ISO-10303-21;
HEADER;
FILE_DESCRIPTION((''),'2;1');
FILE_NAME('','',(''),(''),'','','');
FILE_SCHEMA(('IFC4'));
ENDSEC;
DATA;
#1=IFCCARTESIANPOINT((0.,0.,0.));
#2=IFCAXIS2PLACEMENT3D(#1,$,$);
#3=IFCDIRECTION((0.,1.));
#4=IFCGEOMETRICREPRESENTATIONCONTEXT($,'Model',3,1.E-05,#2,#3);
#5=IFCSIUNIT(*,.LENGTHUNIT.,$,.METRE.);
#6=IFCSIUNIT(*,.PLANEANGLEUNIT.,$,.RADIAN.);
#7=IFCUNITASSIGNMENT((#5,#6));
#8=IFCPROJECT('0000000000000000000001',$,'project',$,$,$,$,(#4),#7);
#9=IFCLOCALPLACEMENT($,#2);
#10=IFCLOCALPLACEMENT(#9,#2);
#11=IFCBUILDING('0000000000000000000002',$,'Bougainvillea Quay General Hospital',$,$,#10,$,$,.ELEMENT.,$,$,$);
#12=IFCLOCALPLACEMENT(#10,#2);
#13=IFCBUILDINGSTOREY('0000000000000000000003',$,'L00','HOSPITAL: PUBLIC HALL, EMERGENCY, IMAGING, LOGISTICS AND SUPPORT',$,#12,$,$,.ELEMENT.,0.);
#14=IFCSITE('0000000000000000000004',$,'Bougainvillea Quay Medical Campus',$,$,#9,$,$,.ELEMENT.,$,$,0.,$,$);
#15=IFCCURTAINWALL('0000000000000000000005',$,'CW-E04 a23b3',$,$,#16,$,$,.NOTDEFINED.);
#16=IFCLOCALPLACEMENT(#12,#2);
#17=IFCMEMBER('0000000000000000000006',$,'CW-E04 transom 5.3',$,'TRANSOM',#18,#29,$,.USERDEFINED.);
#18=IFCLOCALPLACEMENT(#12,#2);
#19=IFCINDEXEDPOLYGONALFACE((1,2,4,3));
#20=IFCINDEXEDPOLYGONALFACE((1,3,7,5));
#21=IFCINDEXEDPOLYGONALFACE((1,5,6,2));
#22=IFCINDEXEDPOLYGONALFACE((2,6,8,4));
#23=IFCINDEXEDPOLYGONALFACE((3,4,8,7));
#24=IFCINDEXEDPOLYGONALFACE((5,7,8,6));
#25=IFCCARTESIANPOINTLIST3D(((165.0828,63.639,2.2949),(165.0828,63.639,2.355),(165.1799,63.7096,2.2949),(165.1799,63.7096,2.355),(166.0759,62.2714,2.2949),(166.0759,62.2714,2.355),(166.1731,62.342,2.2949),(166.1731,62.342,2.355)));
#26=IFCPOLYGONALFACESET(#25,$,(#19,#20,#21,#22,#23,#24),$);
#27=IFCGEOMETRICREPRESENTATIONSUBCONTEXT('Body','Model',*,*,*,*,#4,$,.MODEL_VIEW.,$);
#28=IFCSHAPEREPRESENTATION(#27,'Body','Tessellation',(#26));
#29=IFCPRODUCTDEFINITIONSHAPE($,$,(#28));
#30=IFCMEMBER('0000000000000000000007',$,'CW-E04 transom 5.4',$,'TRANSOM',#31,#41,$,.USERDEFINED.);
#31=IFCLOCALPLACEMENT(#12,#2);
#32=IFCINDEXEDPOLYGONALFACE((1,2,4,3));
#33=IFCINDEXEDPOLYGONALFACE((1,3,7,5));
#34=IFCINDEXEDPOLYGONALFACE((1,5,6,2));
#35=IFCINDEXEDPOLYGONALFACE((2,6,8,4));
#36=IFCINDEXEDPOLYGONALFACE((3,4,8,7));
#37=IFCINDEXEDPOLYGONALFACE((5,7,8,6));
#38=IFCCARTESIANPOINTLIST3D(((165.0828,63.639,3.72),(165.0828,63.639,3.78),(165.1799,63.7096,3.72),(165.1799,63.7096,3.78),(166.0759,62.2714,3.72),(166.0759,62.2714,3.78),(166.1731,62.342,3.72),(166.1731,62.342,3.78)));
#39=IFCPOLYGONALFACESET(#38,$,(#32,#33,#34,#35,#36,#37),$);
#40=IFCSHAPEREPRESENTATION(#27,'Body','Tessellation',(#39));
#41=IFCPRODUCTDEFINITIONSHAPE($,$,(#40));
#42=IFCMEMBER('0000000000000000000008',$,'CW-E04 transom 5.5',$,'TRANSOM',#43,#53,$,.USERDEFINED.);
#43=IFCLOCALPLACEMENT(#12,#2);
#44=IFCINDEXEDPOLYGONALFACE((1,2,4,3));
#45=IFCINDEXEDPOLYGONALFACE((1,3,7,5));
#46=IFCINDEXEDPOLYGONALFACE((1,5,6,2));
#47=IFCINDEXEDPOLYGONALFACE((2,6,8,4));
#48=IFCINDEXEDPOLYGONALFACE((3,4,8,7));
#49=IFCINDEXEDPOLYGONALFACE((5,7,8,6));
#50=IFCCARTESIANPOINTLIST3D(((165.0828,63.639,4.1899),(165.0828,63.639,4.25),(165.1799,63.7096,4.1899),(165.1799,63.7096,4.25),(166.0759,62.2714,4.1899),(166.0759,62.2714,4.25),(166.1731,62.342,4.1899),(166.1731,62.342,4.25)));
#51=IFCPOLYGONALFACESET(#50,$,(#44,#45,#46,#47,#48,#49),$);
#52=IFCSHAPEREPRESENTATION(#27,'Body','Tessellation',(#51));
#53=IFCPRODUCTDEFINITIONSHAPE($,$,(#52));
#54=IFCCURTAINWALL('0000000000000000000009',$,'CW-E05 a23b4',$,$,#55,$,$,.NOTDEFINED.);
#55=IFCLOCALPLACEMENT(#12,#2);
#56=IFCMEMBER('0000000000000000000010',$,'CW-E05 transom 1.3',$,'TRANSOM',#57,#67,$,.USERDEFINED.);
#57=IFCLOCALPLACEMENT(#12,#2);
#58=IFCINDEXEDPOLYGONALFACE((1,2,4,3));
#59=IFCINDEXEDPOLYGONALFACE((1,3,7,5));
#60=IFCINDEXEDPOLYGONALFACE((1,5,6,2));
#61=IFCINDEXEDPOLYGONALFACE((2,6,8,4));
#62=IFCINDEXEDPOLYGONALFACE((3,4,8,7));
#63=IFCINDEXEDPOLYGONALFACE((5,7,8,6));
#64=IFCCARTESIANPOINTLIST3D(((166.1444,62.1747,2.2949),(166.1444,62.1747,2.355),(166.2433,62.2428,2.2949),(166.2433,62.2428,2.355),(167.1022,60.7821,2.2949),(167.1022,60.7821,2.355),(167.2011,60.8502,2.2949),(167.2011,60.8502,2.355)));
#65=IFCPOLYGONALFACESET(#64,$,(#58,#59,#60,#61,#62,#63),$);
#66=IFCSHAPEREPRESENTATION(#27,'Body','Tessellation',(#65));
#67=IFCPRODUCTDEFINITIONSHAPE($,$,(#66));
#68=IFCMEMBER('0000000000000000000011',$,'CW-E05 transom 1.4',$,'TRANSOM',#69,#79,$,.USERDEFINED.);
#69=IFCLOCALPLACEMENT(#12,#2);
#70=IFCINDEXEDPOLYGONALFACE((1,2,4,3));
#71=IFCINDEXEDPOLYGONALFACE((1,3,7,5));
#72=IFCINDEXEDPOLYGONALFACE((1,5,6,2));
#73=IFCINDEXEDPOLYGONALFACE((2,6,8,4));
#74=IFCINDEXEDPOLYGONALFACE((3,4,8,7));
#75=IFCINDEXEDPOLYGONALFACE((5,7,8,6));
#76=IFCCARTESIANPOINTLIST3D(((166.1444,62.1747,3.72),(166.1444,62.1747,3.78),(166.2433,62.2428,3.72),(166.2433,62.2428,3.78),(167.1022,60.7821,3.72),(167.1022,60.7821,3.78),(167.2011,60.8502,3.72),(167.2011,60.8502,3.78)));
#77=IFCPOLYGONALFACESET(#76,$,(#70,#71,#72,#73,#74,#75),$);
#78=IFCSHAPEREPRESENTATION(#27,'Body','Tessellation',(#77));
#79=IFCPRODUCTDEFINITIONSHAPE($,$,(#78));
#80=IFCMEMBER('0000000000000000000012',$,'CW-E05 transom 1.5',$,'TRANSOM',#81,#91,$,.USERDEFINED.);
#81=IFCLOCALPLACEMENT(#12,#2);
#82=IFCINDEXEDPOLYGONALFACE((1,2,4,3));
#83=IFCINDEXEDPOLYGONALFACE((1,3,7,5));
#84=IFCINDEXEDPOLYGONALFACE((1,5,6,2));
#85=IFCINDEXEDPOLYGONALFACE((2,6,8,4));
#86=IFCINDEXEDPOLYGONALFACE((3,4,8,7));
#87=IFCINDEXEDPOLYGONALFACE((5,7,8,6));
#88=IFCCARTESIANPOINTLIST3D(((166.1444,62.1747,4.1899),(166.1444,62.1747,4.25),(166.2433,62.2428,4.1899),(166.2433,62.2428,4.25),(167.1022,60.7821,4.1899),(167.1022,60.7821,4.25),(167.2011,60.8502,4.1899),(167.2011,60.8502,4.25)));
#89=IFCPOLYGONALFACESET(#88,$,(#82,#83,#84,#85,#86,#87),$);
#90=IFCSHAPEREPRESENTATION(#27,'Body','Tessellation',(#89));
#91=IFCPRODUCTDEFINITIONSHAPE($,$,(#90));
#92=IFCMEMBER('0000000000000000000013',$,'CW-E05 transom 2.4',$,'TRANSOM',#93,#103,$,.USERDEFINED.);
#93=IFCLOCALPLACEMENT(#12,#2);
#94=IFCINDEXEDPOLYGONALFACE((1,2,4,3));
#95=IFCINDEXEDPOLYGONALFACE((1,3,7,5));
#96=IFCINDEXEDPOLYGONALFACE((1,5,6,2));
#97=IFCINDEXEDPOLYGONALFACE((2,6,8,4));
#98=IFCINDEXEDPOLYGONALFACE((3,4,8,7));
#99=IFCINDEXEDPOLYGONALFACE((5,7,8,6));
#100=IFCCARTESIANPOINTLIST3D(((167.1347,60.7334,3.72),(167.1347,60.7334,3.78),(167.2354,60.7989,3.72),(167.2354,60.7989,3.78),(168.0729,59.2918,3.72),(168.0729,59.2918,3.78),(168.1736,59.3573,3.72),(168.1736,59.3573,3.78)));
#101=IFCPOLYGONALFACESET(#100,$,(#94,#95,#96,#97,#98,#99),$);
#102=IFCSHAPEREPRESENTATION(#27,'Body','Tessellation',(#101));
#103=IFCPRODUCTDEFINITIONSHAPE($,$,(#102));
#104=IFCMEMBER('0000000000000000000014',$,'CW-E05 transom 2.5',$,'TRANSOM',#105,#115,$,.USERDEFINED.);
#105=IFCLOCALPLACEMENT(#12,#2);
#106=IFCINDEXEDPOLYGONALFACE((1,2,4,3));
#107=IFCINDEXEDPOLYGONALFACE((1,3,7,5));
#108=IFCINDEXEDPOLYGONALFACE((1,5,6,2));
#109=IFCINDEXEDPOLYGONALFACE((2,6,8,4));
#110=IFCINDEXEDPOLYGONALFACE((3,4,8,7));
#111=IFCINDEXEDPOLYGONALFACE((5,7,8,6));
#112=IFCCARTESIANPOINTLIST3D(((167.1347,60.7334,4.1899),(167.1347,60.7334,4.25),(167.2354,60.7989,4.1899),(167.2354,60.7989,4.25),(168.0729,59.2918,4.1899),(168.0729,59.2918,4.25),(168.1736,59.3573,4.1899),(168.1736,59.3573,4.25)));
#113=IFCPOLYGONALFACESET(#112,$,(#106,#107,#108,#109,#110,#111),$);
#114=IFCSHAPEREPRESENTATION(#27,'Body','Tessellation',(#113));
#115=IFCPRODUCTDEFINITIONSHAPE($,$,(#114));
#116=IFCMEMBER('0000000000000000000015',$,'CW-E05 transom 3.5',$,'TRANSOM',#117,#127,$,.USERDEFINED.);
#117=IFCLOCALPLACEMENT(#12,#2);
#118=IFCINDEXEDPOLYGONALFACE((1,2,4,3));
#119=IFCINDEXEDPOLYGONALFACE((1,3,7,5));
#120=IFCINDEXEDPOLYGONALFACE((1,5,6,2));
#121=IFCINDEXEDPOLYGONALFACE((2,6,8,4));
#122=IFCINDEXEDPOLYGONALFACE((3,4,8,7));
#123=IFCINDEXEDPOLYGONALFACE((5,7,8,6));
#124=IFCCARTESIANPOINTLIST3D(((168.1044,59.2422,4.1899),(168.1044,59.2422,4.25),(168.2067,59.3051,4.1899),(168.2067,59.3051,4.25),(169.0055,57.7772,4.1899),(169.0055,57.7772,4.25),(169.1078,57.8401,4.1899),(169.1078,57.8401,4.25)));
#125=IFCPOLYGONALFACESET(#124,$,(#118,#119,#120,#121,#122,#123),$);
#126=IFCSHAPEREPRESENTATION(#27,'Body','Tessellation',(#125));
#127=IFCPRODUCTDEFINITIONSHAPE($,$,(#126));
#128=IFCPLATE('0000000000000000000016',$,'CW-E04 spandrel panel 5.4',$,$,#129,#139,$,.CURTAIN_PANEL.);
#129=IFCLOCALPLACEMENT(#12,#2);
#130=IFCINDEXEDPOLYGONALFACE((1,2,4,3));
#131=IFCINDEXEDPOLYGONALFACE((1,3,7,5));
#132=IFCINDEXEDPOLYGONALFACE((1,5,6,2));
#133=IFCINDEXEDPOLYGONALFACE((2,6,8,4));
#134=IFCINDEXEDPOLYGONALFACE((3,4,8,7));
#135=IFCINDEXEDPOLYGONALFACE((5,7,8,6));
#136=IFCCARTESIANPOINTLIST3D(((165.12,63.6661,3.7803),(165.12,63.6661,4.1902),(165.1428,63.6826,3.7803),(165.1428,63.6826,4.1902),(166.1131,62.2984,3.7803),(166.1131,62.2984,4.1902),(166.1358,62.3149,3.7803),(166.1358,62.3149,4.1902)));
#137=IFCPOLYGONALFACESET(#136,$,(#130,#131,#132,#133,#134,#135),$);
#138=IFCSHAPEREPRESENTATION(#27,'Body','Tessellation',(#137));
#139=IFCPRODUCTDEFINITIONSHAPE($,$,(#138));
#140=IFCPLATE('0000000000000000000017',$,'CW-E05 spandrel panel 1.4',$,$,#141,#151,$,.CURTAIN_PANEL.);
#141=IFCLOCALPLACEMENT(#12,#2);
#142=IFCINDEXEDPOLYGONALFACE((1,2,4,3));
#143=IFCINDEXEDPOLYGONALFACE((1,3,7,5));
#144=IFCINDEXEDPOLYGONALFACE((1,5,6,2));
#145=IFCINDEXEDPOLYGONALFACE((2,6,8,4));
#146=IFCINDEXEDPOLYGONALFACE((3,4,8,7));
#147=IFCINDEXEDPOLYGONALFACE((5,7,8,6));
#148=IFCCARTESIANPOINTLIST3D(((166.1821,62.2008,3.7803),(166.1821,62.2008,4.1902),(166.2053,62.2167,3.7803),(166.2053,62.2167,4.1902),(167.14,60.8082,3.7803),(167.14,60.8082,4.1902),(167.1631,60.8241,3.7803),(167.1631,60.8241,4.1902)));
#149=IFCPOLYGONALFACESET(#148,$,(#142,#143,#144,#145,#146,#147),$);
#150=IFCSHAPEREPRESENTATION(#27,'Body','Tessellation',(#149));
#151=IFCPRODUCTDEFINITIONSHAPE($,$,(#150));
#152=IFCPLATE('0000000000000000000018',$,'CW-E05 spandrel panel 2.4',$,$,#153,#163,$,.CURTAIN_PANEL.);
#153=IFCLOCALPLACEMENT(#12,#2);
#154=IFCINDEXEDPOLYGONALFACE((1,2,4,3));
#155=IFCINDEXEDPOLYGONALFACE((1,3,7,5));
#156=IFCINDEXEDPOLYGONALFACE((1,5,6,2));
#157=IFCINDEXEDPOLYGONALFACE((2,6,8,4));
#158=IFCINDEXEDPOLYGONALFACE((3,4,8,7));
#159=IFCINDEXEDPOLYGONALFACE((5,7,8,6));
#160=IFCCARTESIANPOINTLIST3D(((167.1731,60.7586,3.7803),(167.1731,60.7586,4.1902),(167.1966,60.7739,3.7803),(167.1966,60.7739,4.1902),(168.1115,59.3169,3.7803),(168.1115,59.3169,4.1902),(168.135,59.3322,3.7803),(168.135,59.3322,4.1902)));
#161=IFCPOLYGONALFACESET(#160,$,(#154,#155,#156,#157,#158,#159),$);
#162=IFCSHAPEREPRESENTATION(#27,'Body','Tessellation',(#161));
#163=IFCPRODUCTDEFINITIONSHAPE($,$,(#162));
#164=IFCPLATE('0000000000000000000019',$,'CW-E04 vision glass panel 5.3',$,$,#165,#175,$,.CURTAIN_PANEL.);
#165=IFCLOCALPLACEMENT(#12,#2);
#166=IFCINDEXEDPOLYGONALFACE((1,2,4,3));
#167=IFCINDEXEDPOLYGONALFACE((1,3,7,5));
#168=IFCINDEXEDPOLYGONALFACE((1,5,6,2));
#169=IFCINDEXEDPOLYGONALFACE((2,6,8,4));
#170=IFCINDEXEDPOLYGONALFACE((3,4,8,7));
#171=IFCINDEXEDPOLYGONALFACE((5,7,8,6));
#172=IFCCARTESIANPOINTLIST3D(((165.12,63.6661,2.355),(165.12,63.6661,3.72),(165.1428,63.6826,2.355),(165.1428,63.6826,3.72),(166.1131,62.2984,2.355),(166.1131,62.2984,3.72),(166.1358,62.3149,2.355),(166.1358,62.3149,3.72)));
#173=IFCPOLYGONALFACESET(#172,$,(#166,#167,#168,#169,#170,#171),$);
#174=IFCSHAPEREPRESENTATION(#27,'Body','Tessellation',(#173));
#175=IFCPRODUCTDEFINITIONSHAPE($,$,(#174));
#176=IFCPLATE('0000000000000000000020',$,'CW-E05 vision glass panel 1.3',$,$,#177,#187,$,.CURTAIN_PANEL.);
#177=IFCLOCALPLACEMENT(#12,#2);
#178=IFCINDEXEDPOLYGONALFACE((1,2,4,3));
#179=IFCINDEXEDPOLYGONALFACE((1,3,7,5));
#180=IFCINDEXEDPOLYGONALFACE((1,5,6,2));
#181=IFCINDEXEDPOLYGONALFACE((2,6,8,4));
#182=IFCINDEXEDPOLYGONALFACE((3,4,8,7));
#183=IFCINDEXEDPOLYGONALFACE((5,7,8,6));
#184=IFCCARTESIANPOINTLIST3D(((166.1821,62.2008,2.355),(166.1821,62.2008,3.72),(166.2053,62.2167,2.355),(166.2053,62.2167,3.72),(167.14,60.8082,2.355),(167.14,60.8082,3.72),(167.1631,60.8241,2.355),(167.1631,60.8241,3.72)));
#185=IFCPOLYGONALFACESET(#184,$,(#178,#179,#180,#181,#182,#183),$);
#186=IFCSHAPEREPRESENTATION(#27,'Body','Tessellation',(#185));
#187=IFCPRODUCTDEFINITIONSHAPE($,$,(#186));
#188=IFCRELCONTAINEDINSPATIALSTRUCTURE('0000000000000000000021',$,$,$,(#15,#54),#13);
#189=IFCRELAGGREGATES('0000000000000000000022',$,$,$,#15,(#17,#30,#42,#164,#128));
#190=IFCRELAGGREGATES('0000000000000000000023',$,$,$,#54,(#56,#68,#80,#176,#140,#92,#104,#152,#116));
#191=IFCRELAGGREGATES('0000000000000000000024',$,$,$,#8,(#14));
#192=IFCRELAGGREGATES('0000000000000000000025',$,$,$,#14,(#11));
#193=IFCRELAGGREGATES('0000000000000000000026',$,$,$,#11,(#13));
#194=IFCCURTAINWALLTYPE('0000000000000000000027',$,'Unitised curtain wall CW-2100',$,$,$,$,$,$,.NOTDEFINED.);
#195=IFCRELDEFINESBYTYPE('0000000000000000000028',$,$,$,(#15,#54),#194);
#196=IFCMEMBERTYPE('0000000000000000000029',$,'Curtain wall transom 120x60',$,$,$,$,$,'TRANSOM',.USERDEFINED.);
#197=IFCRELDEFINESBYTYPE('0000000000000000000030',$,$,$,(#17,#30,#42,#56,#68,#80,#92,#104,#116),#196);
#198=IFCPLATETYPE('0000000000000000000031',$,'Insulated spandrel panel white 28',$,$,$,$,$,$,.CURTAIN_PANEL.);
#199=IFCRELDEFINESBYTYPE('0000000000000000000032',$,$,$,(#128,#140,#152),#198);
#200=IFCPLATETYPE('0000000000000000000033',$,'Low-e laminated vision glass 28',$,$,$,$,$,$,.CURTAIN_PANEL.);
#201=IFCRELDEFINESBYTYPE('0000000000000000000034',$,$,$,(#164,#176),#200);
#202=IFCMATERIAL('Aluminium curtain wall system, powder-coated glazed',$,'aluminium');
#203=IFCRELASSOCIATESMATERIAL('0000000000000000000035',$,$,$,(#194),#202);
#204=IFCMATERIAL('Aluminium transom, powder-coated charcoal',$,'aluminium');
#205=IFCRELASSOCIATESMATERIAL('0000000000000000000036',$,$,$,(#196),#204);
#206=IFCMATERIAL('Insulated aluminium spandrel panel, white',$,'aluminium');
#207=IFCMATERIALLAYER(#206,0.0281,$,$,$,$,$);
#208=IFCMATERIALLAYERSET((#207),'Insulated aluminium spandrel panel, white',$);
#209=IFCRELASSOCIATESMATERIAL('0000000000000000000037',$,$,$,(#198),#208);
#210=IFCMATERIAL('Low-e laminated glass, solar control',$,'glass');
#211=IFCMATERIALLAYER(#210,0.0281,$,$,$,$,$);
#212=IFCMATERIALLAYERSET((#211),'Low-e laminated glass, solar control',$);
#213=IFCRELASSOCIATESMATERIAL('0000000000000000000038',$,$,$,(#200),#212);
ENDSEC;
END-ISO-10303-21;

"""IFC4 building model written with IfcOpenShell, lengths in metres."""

from ifc_helpers import new_model, si_unit, direction, frame, origin, origin_2d, place, context, subcontext, project, spatial, rectangle, extrude, material, layer, layer_set, material_profile, profile_set, type_object, element, aggregate, save


model = new_model("IFC4")

# Units and contexts
model_context = context("Model", 3, precision=1e-05, world=origin(), true_north=direction((0.0, 1.0)))
body_context = subcontext(model_context, "Body", "Model", "MODEL_VIEW")
ifc_project = project(units=[si_unit("LENGTHUNIT", "METRE"), si_unit("PLANEANGLEUNIT", "RADIAN")], contexts=[model_context])

# Site, building, storey
site_placement = place(None, origin())
site = spatial("IfcSite", under=ifc_project, at=site_placement, Name="Bougainvillea Quay Medical Campus", CompositionType="ELEMENT", RefElevation=0.0)
building_placement = place(site_placement, origin())
building = spatial("IfcBuilding", under=site, at=building_placement, Name="Bougainvillea Quay General Hospital", CompositionType="ELEMENT")
storey_placement = place(building_placement, origin())
storey = spatial("IfcBuildingStorey", under=building, at=storey_placement, Name="L00", Description="HOSPITAL: PUBLIC HALL, EMERGENCY, IMAGING, LOGISTICS AND SUPPORT", CompositionType="ELEMENT", Elevation=0.0)

# Curtain walls, members
ifc_material_1 = material(Name="Aluminium curtain wall system, powder-coated glazed", Category="aluminium")
curtain_wall_type = type_object("IfcCurtainWallType", Name="Unitised curtain wall CW-2100", PredefinedType="NOTDEFINED", material=ifc_material_1)
curtain_wall_1_placement = place(storey_placement, origin())
curtain_wall_1 = element("IfcCurtainWall", 1, at=curtain_wall_1_placement, inside=storey, type_object=curtain_wall_type, Name="CW-E04 a23b3", PredefinedType="NOTDEFINED")
ifc_material_2 = material(Name="Aluminium transom, powder-coated charcoal", Category="aluminium")
ifc_material_profile_1 = material_profile(ifc_material_2, rectangle(XDim=0.1201, YDim=0.0601, at=origin_2d()))
ifc_profile_set_1 = profile_set([ifc_material_profile_1], Name="Aluminium transom, powder-coated charcoal")
member_type = type_object("IfcMemberType", Name="Curtain wall transom 120x60", ElementType="TRANSOM", PredefinedType="USERDEFINED", material=ifc_profile_set_1)
member_1_placement = place(storey_placement, frame((165.1313, 63.6743, 2.325), z_axis=(0.587588, -0.809161, 0.0), x_axis=(0.809161, 0.587588, 0.0)))
member_1 = element("IfcMember", 2, at=member_1_placement, type_object=member_type, Name="CW-E04 transom 5.3", ObjectType="TRANSOM", PredefinedType="USERDEFINED", context=body_context, shape_type="SweptSolid", body=[
    extrude(rectangle(XDim=0.1201, YDim=0.0601, at=origin_2d()), origin(), (0.0, 0.0, 1.0), 1.6902),
])
member_2_placement = place(storey_placement, frame((165.1313, 63.6743, 3.75), z_axis=(0.587588, -0.809161, 0.0), x_axis=(0.809161, 0.587588, 0.0)))
member_2 = element("IfcMember", 3, at=member_2_placement, type_object=member_type, Name="CW-E04 transom 5.4", ObjectType="TRANSOM", PredefinedType="USERDEFINED", context=body_context, shape_type="SweptSolid", body=[
    extrude(rectangle(XDim=0.1201, YDim=0.0601, at=origin_2d()), origin(), (0.0, 0.0, 1.0), 1.6902),
])
member_3_placement = place(storey_placement, frame((165.1313, 63.6743, 4.22), z_axis=(0.587588, -0.809161, 0.0), x_axis=(0.809161, 0.587588, 0.0)))
member_3 = element("IfcMember", 4, at=member_3_placement, type_object=member_type, Name="CW-E04 transom 5.5", ObjectType="TRANSOM", PredefinedType="USERDEFINED", context=body_context, shape_type="SweptSolid", body=[
    extrude(rectangle(XDim=0.1201, YDim=0.0601, at=origin_2d()), origin(), (0.0, 0.0, 1.0), 1.6902),
])
curtain_wall_2_placement = place(storey_placement, origin())
curtain_wall_2 = element("IfcCurtainWall", 5, at=curtain_wall_2_placement, inside=storey, type_object=curtain_wall_type, Name="CW-E05 a23b4", PredefinedType="NOTDEFINED")
member_4_placement = place(storey_placement, frame((166.1938, 62.2087, 2.325), z_axis=(0.566676, -0.823941, 0.0), x_axis=(0.823941, 0.566676, 0.0)))
member_4 = element("IfcMember", 6, at=member_4_placement, type_object=member_type, Name="CW-E05 transom 1.3", ObjectType="TRANSOM", PredefinedType="USERDEFINED", context=body_context, shape_type="SweptSolid", body=[
    extrude(rectangle(XDim=0.1201, YDim=0.0601, at=origin_2d()), origin(), (0.0, 0.0, 1.0), 1.6902),
])
member_5_placement = place(storey_placement, frame((166.1938, 62.2087, 3.75), z_axis=(0.566676, -0.823941, 0.0), x_axis=(0.823941, 0.566676, 0.0)))
member_5 = element("IfcMember", 7, at=member_5_placement, type_object=member_type, Name="CW-E05 transom 1.4", ObjectType="TRANSOM", PredefinedType="USERDEFINED", context=body_context, shape_type="SweptSolid", body=[
    extrude(rectangle(XDim=0.1201, YDim=0.0601, at=origin_2d()), origin(), (0.0, 0.0, 1.0), 1.6902),
])
member_6_placement = place(storey_placement, frame((166.1938, 62.2087, 4.22), z_axis=(0.566676, -0.823941, 0.0), x_axis=(0.823941, 0.566676, 0.0)))
member_6 = element("IfcMember", 8, at=member_6_placement, type_object=member_type, Name="CW-E05 transom 1.5", ObjectType="TRANSOM", PredefinedType="USERDEFINED", context=body_context, shape_type="SweptSolid", body=[
    extrude(rectangle(XDim=0.1201, YDim=0.0601, at=origin_2d()), origin(), (0.0, 0.0, 1.0), 1.6902),
])
member_7_placement = place(storey_placement, frame((167.1851, 60.7661, 3.75), z_axis=(0.545462, -0.838135, 0.0), x_axis=(0.838135, 0.545462, 0.0)))
member_7 = element("IfcMember", 9, at=member_7_placement, type_object=member_type, Name="CW-E05 transom 2.4", ObjectType="TRANSOM", PredefinedType="USERDEFINED", context=body_context, shape_type="SweptSolid", body=[
    extrude(rectangle(XDim=0.1201, YDim=0.0601, at=origin_2d()), origin(), (0.0, 0.0, 1.0), 1.72),
])
member_8_placement = place(storey_placement, frame((167.1851, 60.7661, 4.22), z_axis=(0.545462, -0.838135, 0.0), x_axis=(0.838135, 0.545462, 0.0)))
member_8 = element("IfcMember", 10, at=member_8_placement, type_object=member_type, Name="CW-E05 transom 2.5", ObjectType="TRANSOM", PredefinedType="USERDEFINED", context=body_context, shape_type="SweptSolid", body=[
    extrude(rectangle(XDim=0.1201, YDim=0.0601, at=origin_2d()), origin(), (0.0, 0.0, 1.0), 1.72),
])
member_9_placement = place(storey_placement, frame((168.1555, 59.2737, 4.22), z_axis=(0.523899, -0.85178, 0.0), x_axis=(0.85178, 0.523899, 0.0)))
member_9 = element("IfcMember", 11, at=member_9_placement, type_object=member_type, Name="CW-E05 transom 3.5", ObjectType="TRANSOM", PredefinedType="USERDEFINED", context=body_context, shape_type="SweptSolid", body=[
    extrude(rectangle(XDim=0.1201, YDim=0.0601, at=origin_2d()), origin(), (0.0, 0.0, 1.0), 1.72),
])

# Plates
ifc_material_3 = material(Name="Insulated aluminium spandrel panel, white", Category="aluminium")
ifc_layer_1 = layer(ifc_material_3, 0.0281)
ifc_layer_set_1 = layer_set([ifc_layer_1], Name="Insulated aluminium spandrel panel, white")
plate_type_1 = type_object("IfcPlateType", Name="Insulated spandrel panel white 28", PredefinedType="CURTAIN_PANEL", material=ifc_layer_set_1)
plate_1_placement = place(storey_placement, frame((165.6279, 62.9905, 3.7803), z_axis=(0.0, 0.0, 1.0), x_axis=(0.587548, -0.809189, 0.0)))
plate_1 = element("IfcPlate", 12, at=plate_1_placement, type_object=plate_type_1, Name="CW-E04 spandrel panel 5.4", PredefinedType="CURTAIN_PANEL", context=body_context, shape_type="SweptSolid", body=[
    extrude(rectangle(XDim=1.6902, YDim=0.0281, at=origin_2d()), origin(), (0.0, 0.0, 1.0), 0.4099),
])
plate_2_placement = place(storey_placement, frame((166.6726, 61.5125, 3.7803), z_axis=(0.0, 0.0, 1.0), x_axis=(0.566705, -0.823921, 0.0)))
plate_2 = element("IfcPlate", 13, at=plate_2_placement, type_object=plate_type_1, Name="CW-E05 spandrel panel 1.4", PredefinedType="CURTAIN_PANEL", context=body_context, shape_type="SweptSolid", body=[
    extrude(rectangle(XDim=1.6902, YDim=0.0281, at=origin_2d()), origin(), (0.0, 0.0, 1.0), 0.4099),
])
plate_3_placement = place(storey_placement, frame((167.6541, 60.0454, 3.7803), z_axis=(0.0, 0.0, 1.0), x_axis=(0.545494, -0.838115, 0.0)))
plate_3 = element("IfcPlate", 14, at=plate_3_placement, type_object=plate_type_1, Name="CW-E05 spandrel panel 2.4", PredefinedType="CURTAIN_PANEL", context=body_context, shape_type="SweptSolid", body=[
    extrude(rectangle(XDim=1.7202, YDim=0.0281, at=origin_2d()), origin(), (0.0, 0.0, 1.0), 0.4099),
])
ifc_material_4 = material(Name="Low-e laminated glass, solar control", Category="glass")
ifc_layer_2 = layer(ifc_material_4, 0.0281)
ifc_layer_set_2 = layer_set([ifc_layer_2], Name="Low-e laminated glass, solar control")
plate_type_2 = type_object("IfcPlateType", Name="Low-e laminated vision glass 28", PredefinedType="CURTAIN_PANEL", material=ifc_layer_set_2)
plate_4_placement = place(storey_placement, frame((165.6279, 62.9905, 2.355), z_axis=(0.0, 0.0, 1.0), x_axis=(0.587548, -0.809189, 0.0)))
plate_4 = element("IfcPlate", 15, at=plate_4_placement, type_object=plate_type_2, Name="CW-E04 vision glass panel 5.3", PredefinedType="CURTAIN_PANEL", context=body_context, shape_type="SweptSolid", body=[
    extrude(rectangle(XDim=1.6902, YDim=0.0281, at=origin_2d()), origin(), (0.0, 0.0, 1.0), 1.365),
])
aggregate(curtain_wall_1, [member_1, member_2, member_3, plate_4, plate_1])
plate_5_placement = place(storey_placement, frame((166.6726, 61.5125, 2.355), z_axis=(0.0, 0.0, 1.0), x_axis=(0.566705, -0.823921, 0.0)))
plate_5 = element("IfcPlate", 16, at=plate_5_placement, type_object=plate_type_2, Name="CW-E05 vision glass panel 1.3", PredefinedType="CURTAIN_PANEL", context=body_context, shape_type="SweptSolid", body=[
    extrude(rectangle(XDim=1.6902, YDim=0.0281, at=origin_2d()), origin(), (0.0, 0.0, 1.0), 1.365),
])
aggregate(curtain_wall_2, [member_4, member_5, member_6, plate_5, plate_2, member_7, member_8, plate_3, member_9])

save(model, "model.ifc")
